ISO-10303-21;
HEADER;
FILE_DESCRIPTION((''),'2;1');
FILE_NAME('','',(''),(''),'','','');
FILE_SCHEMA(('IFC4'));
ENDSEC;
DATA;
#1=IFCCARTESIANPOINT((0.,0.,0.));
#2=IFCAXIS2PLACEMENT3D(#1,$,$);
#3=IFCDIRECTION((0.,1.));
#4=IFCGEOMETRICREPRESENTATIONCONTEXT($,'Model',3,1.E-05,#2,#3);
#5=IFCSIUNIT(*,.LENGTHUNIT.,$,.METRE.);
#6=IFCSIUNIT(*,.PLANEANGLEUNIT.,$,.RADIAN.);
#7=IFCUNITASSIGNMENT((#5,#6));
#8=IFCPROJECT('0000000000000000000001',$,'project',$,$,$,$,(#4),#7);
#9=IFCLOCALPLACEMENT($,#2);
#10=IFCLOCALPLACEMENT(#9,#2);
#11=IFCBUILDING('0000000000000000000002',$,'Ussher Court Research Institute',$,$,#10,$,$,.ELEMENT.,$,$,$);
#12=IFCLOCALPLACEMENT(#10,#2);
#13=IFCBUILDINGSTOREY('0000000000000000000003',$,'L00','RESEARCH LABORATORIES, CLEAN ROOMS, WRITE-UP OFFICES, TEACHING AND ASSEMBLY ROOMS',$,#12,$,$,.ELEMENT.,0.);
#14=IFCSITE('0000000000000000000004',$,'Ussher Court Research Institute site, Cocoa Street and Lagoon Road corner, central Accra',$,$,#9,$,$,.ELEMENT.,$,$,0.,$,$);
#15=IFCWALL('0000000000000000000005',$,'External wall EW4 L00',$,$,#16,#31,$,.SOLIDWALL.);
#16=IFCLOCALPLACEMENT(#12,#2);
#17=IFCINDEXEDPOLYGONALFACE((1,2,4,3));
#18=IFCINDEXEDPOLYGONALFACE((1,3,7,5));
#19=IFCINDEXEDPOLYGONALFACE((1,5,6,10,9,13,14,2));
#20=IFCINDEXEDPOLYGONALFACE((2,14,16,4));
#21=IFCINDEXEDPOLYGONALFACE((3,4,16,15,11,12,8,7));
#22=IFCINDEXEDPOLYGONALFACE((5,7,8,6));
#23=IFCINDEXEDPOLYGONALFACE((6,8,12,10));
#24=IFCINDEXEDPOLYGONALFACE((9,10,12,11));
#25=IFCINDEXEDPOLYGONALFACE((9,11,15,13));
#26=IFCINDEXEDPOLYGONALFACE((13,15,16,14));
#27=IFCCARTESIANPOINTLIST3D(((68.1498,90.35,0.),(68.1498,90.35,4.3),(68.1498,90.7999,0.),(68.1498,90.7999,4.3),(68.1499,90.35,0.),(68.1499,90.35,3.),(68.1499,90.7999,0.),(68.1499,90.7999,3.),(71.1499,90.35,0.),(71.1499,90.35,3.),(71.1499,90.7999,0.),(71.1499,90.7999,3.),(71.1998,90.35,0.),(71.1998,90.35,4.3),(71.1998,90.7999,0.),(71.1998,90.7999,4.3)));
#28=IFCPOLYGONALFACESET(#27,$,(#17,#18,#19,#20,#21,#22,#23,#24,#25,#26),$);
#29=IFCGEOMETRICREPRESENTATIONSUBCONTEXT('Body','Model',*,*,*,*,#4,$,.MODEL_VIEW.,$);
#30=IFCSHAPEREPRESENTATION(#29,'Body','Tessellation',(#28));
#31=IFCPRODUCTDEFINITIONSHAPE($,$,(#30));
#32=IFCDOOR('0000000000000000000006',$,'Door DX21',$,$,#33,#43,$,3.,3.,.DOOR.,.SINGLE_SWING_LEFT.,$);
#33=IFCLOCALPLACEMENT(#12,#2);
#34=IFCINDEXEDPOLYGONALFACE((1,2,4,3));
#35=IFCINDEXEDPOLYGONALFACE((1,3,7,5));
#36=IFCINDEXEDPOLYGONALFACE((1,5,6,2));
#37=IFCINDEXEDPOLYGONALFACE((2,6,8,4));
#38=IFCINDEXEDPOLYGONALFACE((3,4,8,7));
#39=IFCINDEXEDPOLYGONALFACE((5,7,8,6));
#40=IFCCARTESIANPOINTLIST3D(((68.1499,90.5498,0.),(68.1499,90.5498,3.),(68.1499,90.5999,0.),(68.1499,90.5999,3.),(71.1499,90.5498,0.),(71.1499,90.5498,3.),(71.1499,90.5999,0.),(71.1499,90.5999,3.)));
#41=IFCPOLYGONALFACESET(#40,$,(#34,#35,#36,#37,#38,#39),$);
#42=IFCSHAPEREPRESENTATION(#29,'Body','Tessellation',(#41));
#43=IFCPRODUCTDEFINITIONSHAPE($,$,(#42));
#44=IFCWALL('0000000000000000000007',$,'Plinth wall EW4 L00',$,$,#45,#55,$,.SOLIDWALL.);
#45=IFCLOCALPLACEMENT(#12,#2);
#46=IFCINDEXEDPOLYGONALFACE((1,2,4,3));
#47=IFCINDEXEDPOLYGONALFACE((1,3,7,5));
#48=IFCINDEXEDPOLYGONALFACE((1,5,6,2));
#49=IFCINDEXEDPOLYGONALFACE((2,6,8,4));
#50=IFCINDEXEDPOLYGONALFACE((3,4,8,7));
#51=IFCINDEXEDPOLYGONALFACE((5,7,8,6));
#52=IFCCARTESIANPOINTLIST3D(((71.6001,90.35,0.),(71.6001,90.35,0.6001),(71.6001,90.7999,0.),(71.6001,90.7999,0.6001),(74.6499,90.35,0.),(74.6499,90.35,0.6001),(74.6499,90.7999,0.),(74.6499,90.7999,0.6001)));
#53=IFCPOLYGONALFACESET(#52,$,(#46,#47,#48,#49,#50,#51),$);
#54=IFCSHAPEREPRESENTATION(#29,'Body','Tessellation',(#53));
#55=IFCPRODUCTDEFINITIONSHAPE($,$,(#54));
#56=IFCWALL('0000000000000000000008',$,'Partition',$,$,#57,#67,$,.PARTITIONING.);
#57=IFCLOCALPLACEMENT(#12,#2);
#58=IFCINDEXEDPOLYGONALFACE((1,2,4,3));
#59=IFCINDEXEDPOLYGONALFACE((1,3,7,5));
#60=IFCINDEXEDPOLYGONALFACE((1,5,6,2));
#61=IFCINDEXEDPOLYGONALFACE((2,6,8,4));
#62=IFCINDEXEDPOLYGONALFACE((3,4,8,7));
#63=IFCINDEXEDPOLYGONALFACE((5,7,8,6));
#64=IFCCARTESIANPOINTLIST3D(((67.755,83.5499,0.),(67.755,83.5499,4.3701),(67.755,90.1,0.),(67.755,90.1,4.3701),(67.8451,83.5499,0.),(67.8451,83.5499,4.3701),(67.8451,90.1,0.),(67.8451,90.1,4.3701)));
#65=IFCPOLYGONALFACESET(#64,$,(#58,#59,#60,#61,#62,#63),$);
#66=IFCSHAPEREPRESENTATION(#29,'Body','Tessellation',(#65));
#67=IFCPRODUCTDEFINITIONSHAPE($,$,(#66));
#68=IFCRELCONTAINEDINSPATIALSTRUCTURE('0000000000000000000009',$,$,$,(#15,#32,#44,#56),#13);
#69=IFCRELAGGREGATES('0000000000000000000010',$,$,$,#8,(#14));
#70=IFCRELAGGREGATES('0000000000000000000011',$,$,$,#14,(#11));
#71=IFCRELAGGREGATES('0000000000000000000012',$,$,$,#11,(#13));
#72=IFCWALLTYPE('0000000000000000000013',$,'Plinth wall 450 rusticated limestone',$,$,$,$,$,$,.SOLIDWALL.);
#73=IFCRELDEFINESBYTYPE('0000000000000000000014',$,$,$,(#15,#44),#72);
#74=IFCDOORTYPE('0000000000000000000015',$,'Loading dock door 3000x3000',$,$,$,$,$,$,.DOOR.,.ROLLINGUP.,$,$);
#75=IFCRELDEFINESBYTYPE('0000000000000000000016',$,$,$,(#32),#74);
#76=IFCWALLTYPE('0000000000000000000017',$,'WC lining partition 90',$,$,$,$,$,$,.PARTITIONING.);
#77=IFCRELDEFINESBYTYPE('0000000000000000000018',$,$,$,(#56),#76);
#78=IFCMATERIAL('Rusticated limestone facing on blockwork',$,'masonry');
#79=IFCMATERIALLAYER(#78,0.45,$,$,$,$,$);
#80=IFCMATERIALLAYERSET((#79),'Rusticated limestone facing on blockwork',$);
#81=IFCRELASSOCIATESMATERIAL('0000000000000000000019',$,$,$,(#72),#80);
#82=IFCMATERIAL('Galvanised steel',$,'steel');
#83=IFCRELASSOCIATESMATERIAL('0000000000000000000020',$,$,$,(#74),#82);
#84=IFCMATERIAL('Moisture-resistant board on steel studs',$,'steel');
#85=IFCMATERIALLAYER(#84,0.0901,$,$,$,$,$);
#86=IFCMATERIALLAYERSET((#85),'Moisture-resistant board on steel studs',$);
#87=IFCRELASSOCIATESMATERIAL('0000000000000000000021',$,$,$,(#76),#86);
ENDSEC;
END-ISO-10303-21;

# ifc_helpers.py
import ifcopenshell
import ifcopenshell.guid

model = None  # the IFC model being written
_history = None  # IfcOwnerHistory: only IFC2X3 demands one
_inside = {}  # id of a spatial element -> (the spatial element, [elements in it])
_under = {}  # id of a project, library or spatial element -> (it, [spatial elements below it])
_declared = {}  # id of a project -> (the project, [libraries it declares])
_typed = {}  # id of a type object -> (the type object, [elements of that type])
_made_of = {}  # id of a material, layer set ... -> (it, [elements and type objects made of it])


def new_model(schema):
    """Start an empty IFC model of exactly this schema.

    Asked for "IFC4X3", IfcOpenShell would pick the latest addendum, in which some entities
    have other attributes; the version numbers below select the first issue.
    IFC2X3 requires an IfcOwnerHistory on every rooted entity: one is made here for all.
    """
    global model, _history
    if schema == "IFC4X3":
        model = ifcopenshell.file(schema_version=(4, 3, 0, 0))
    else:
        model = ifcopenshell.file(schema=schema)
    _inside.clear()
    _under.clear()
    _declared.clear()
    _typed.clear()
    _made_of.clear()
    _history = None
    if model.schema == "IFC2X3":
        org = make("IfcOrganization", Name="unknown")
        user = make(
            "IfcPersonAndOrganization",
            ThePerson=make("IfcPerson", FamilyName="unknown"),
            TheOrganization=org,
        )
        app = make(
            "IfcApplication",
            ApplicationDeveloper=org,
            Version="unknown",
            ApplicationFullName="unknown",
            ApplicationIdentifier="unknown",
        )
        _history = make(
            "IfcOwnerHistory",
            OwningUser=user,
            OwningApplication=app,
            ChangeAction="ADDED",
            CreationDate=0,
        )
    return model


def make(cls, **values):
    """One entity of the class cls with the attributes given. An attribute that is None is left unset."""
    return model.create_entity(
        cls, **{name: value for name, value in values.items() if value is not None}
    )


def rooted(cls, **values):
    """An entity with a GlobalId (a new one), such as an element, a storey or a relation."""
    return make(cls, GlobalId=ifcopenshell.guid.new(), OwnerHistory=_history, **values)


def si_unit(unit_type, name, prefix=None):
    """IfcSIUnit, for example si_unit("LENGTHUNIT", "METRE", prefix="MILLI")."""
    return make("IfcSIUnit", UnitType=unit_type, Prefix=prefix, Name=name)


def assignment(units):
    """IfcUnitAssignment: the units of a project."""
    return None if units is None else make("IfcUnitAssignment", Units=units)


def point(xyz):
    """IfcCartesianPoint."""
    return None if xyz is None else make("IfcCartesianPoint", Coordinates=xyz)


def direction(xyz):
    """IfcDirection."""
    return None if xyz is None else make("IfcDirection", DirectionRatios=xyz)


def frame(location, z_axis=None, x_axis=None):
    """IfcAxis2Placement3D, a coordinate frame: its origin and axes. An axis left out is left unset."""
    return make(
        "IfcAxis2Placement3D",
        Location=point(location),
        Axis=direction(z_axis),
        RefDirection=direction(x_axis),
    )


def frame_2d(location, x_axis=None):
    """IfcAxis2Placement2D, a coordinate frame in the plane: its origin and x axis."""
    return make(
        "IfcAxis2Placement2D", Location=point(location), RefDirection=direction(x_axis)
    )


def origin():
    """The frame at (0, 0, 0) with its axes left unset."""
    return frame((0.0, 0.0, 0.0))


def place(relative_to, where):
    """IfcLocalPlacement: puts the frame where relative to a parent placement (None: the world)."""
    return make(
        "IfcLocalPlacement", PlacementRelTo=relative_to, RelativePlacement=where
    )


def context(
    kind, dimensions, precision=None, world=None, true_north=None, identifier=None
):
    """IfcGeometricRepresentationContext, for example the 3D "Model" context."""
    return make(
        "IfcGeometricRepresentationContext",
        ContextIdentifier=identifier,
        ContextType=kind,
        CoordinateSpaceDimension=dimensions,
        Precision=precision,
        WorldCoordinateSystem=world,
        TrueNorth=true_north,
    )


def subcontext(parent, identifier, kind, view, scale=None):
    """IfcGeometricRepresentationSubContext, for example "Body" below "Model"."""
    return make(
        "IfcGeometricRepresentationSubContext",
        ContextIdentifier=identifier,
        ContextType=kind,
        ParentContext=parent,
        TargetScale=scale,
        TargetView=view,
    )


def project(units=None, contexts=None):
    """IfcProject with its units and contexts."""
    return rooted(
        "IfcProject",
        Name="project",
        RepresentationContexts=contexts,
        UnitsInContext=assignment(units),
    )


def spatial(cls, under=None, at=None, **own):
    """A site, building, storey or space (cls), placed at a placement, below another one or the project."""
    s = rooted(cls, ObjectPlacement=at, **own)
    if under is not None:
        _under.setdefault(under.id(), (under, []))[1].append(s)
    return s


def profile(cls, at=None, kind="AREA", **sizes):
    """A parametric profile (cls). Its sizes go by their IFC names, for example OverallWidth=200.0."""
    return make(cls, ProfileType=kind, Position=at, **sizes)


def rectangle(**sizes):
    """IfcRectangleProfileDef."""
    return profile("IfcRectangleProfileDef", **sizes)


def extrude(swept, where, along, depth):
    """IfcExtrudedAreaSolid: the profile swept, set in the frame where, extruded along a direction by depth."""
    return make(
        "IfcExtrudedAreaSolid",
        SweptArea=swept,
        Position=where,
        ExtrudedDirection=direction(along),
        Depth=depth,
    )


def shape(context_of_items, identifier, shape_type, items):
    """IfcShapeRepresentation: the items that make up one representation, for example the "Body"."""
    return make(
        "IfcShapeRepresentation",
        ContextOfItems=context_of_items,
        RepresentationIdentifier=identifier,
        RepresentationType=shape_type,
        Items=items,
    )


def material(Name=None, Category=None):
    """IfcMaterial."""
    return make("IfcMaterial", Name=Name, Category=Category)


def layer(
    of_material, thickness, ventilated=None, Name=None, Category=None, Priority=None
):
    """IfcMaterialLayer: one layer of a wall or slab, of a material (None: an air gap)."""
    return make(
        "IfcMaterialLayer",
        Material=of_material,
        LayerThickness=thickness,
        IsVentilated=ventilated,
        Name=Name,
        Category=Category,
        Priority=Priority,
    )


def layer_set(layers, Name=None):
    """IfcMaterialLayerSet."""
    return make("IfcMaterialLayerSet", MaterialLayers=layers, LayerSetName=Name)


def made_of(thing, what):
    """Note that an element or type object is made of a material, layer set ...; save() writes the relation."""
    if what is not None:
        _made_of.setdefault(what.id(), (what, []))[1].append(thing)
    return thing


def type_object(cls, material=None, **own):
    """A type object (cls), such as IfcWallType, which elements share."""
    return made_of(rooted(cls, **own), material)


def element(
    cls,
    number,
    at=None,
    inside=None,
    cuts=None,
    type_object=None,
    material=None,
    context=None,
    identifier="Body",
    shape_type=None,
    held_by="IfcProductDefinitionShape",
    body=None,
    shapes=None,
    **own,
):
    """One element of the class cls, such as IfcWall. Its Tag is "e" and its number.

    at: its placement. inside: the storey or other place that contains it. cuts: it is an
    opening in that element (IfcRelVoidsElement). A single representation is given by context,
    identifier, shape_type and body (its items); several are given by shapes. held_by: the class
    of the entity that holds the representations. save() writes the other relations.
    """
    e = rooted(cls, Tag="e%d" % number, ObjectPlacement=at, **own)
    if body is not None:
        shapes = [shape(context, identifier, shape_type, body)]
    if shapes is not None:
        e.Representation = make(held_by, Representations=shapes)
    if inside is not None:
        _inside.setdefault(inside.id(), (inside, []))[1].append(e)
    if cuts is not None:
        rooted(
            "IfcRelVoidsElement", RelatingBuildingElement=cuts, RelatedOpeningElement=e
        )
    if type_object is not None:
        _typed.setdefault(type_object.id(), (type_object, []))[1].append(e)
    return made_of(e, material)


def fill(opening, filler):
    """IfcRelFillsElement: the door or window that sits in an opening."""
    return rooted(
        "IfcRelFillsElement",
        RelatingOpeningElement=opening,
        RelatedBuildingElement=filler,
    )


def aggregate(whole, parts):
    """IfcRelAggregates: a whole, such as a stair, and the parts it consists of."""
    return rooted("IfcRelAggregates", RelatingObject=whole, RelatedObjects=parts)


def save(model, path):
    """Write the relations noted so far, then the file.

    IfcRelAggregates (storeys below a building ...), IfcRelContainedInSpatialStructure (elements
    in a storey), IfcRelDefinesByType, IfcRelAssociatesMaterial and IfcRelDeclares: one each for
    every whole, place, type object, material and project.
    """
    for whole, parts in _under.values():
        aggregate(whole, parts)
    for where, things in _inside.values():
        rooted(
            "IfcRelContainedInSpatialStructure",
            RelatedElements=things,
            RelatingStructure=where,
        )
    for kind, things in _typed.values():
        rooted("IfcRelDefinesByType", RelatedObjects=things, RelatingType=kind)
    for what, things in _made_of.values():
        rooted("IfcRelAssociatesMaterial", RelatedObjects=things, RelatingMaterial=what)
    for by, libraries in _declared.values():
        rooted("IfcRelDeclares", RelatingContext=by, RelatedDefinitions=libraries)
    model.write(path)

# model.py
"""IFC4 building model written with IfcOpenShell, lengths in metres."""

from ifc_helpers import new_model, si_unit, direction, frame, frame_2d, origin, place, context, subcontext, project, spatial, rectangle, extrude, material, layer, layer_set, type_object, element, fill, save


model = new_model("IFC4")

# Units and contexts
model_context = context("Model", 3, precision=1e-05, world=origin(), true_north=direction((0.0, 1.0)))
body_context = subcontext(model_context, "Body", "Model", "MODEL_VIEW")
ifc_project = project(units=[si_unit("LENGTHUNIT", "METRE"), si_unit("PLANEANGLEUNIT", "RADIAN")], contexts=[model_context])

# Site, building, storey
site_placement = place(None, origin())
site = spatial("IfcSite", under=ifc_project, at=site_placement, Name="Ussher Court Research Institute site, Cocoa Street and Lagoon Road corner, central Accra", CompositionType="ELEMENT", RefElevation=0.0)
building_placement = place(site_placement, origin())
building = spatial("IfcBuilding", under=site, at=building_placement, Name="Ussher Court Research Institute", CompositionType="ELEMENT")
storey_placement = place(building_placement, origin())
storey = spatial("IfcBuildingStorey", under=building, at=storey_placement, Name="L00", Description="RESEARCH LABORATORIES, CLEAN ROOMS, WRITE-UP OFFICES, TEACHING AND ASSEMBLY ROOMS", CompositionType="ELEMENT", Elevation=0.0)

# Wall, opening, door
ifc_material_1 = material(Name="Rusticated limestone facing on blockwork", Category="masonry")
ifc_layer_1 = layer(ifc_material_1, 0.45)
ifc_layer_set_1 = layer_set([ifc_layer_1], Name="Rusticated limestone facing on blockwork")
wall_type_1 = type_object("IfcWallType", Name="Plinth wall 450 rusticated limestone", PredefinedType="SOLIDWALL", material=ifc_layer_set_1)
wall_1_placement = place(storey_placement, frame((68.1499, 90.575, 0.0), z_axis=(0.0, 0.0, 1.0), x_axis=(1.0, 0.0, 0.0)))
wall_1 = element("IfcWall", 1, at=wall_1_placement, inside=storey, type_object=wall_type_1, Name="External wall EW4 L00", PredefinedType="SOLIDWALL", context=body_context, shape_type="SweptSolid", body=[
    extrude(rectangle(XDim=3.05, YDim=0.45, at=frame_2d((1.5249, 0.0))), origin(), (0.0, 0.0, 1.0), 4.3),
])
opening_placement = place(wall_1_placement, origin())
opening = element("IfcOpeningElement", 2, at=opening_placement, cuts=wall_1, PredefinedType="OPENING", context=body_context, shape_type="SweptSolid", body=[
    extrude(rectangle(XDim=3.0, YDim=3.0, at=frame_2d((1.5, 1.5))), frame((0.0, 0.2349, 0.0), z_axis=(0.0, -1.0, 0.0), x_axis=(1.0, 0.0, 0.0)), (0.0, 0.0, 1.0), 0.47),
])
ifc_material_2 = material(Name="Galvanised steel", Category="steel")
door_type = type_object("IfcDoorType", Name="Loading dock door 3000x3000", OperationType="ROLLINGUP", PredefinedType="DOOR", material=ifc_material_2)
door_placement = place(opening_placement, origin())
door = element("IfcDoor", 3, at=door_placement, inside=storey, type_object=door_type, Name="Door DX21", OperationType="SINGLE_SWING_LEFT", OverallHeight=3.0, OverallWidth=3.0, PredefinedType="DOOR", context=body_context, shape_type="SweptSolid", body=[
    extrude(rectangle(XDim=3.0, YDim=3.0, at=frame_2d((1.5, 1.5))), frame((0.0, 0.0249, 0.0), z_axis=(0.0, -1.0, 0.0), x_axis=(1.0, 0.0, 0.0)), (0.0, 0.0, 1.0), 0.05),
])
fill(opening, door)

# Walls
wall_2_placement = place(storey_placement, frame((71.6001, 90.575, 0.0), z_axis=(0.0, 0.0, 1.0), x_axis=(1.0, 0.0, 0.0)))
element("IfcWall", 4, at=wall_2_placement, inside=storey, type_object=wall_type_1, Name="Plinth wall EW4 L00", PredefinedType="SOLIDWALL", context=body_context, shape_type="SweptSolid", body=[
    extrude(rectangle(XDim=3.0498, YDim=0.45, at=frame_2d((1.5249, 0.0))), origin(), (0.0, 0.0, 1.0), 0.6001),
])
ifc_material_3 = material(Name="Moisture-resistant board on steel studs", Category="steel")
ifc_layer_2 = layer(ifc_material_3, 0.0901)
ifc_layer_set_2 = layer_set([ifc_layer_2], Name="Moisture-resistant board on steel studs")
wall_type_2 = type_object("IfcWallType", Name="WC lining partition 90", PredefinedType="PARTITIONING", material=ifc_layer_set_2)
wall_3_placement = place(storey_placement, frame((67.8, 83.55, 0.0), z_axis=(0.0, 0.0, 1.0), x_axis=(0.0, 1.0, 0.0)))
element("IfcWall", 5, at=wall_3_placement, inside=storey, type_object=wall_type_2, Name="Partition", PredefinedType="PARTITIONING", context=body_context, shape_type="SweptSolid", body=[
    extrude(rectangle(XDim=6.55, YDim=0.0901, at=frame_2d((3.2749, 0.0))), origin(), (0.0, 0.0, 1.0), 4.3701),
])

save(model, "model.ifc")
